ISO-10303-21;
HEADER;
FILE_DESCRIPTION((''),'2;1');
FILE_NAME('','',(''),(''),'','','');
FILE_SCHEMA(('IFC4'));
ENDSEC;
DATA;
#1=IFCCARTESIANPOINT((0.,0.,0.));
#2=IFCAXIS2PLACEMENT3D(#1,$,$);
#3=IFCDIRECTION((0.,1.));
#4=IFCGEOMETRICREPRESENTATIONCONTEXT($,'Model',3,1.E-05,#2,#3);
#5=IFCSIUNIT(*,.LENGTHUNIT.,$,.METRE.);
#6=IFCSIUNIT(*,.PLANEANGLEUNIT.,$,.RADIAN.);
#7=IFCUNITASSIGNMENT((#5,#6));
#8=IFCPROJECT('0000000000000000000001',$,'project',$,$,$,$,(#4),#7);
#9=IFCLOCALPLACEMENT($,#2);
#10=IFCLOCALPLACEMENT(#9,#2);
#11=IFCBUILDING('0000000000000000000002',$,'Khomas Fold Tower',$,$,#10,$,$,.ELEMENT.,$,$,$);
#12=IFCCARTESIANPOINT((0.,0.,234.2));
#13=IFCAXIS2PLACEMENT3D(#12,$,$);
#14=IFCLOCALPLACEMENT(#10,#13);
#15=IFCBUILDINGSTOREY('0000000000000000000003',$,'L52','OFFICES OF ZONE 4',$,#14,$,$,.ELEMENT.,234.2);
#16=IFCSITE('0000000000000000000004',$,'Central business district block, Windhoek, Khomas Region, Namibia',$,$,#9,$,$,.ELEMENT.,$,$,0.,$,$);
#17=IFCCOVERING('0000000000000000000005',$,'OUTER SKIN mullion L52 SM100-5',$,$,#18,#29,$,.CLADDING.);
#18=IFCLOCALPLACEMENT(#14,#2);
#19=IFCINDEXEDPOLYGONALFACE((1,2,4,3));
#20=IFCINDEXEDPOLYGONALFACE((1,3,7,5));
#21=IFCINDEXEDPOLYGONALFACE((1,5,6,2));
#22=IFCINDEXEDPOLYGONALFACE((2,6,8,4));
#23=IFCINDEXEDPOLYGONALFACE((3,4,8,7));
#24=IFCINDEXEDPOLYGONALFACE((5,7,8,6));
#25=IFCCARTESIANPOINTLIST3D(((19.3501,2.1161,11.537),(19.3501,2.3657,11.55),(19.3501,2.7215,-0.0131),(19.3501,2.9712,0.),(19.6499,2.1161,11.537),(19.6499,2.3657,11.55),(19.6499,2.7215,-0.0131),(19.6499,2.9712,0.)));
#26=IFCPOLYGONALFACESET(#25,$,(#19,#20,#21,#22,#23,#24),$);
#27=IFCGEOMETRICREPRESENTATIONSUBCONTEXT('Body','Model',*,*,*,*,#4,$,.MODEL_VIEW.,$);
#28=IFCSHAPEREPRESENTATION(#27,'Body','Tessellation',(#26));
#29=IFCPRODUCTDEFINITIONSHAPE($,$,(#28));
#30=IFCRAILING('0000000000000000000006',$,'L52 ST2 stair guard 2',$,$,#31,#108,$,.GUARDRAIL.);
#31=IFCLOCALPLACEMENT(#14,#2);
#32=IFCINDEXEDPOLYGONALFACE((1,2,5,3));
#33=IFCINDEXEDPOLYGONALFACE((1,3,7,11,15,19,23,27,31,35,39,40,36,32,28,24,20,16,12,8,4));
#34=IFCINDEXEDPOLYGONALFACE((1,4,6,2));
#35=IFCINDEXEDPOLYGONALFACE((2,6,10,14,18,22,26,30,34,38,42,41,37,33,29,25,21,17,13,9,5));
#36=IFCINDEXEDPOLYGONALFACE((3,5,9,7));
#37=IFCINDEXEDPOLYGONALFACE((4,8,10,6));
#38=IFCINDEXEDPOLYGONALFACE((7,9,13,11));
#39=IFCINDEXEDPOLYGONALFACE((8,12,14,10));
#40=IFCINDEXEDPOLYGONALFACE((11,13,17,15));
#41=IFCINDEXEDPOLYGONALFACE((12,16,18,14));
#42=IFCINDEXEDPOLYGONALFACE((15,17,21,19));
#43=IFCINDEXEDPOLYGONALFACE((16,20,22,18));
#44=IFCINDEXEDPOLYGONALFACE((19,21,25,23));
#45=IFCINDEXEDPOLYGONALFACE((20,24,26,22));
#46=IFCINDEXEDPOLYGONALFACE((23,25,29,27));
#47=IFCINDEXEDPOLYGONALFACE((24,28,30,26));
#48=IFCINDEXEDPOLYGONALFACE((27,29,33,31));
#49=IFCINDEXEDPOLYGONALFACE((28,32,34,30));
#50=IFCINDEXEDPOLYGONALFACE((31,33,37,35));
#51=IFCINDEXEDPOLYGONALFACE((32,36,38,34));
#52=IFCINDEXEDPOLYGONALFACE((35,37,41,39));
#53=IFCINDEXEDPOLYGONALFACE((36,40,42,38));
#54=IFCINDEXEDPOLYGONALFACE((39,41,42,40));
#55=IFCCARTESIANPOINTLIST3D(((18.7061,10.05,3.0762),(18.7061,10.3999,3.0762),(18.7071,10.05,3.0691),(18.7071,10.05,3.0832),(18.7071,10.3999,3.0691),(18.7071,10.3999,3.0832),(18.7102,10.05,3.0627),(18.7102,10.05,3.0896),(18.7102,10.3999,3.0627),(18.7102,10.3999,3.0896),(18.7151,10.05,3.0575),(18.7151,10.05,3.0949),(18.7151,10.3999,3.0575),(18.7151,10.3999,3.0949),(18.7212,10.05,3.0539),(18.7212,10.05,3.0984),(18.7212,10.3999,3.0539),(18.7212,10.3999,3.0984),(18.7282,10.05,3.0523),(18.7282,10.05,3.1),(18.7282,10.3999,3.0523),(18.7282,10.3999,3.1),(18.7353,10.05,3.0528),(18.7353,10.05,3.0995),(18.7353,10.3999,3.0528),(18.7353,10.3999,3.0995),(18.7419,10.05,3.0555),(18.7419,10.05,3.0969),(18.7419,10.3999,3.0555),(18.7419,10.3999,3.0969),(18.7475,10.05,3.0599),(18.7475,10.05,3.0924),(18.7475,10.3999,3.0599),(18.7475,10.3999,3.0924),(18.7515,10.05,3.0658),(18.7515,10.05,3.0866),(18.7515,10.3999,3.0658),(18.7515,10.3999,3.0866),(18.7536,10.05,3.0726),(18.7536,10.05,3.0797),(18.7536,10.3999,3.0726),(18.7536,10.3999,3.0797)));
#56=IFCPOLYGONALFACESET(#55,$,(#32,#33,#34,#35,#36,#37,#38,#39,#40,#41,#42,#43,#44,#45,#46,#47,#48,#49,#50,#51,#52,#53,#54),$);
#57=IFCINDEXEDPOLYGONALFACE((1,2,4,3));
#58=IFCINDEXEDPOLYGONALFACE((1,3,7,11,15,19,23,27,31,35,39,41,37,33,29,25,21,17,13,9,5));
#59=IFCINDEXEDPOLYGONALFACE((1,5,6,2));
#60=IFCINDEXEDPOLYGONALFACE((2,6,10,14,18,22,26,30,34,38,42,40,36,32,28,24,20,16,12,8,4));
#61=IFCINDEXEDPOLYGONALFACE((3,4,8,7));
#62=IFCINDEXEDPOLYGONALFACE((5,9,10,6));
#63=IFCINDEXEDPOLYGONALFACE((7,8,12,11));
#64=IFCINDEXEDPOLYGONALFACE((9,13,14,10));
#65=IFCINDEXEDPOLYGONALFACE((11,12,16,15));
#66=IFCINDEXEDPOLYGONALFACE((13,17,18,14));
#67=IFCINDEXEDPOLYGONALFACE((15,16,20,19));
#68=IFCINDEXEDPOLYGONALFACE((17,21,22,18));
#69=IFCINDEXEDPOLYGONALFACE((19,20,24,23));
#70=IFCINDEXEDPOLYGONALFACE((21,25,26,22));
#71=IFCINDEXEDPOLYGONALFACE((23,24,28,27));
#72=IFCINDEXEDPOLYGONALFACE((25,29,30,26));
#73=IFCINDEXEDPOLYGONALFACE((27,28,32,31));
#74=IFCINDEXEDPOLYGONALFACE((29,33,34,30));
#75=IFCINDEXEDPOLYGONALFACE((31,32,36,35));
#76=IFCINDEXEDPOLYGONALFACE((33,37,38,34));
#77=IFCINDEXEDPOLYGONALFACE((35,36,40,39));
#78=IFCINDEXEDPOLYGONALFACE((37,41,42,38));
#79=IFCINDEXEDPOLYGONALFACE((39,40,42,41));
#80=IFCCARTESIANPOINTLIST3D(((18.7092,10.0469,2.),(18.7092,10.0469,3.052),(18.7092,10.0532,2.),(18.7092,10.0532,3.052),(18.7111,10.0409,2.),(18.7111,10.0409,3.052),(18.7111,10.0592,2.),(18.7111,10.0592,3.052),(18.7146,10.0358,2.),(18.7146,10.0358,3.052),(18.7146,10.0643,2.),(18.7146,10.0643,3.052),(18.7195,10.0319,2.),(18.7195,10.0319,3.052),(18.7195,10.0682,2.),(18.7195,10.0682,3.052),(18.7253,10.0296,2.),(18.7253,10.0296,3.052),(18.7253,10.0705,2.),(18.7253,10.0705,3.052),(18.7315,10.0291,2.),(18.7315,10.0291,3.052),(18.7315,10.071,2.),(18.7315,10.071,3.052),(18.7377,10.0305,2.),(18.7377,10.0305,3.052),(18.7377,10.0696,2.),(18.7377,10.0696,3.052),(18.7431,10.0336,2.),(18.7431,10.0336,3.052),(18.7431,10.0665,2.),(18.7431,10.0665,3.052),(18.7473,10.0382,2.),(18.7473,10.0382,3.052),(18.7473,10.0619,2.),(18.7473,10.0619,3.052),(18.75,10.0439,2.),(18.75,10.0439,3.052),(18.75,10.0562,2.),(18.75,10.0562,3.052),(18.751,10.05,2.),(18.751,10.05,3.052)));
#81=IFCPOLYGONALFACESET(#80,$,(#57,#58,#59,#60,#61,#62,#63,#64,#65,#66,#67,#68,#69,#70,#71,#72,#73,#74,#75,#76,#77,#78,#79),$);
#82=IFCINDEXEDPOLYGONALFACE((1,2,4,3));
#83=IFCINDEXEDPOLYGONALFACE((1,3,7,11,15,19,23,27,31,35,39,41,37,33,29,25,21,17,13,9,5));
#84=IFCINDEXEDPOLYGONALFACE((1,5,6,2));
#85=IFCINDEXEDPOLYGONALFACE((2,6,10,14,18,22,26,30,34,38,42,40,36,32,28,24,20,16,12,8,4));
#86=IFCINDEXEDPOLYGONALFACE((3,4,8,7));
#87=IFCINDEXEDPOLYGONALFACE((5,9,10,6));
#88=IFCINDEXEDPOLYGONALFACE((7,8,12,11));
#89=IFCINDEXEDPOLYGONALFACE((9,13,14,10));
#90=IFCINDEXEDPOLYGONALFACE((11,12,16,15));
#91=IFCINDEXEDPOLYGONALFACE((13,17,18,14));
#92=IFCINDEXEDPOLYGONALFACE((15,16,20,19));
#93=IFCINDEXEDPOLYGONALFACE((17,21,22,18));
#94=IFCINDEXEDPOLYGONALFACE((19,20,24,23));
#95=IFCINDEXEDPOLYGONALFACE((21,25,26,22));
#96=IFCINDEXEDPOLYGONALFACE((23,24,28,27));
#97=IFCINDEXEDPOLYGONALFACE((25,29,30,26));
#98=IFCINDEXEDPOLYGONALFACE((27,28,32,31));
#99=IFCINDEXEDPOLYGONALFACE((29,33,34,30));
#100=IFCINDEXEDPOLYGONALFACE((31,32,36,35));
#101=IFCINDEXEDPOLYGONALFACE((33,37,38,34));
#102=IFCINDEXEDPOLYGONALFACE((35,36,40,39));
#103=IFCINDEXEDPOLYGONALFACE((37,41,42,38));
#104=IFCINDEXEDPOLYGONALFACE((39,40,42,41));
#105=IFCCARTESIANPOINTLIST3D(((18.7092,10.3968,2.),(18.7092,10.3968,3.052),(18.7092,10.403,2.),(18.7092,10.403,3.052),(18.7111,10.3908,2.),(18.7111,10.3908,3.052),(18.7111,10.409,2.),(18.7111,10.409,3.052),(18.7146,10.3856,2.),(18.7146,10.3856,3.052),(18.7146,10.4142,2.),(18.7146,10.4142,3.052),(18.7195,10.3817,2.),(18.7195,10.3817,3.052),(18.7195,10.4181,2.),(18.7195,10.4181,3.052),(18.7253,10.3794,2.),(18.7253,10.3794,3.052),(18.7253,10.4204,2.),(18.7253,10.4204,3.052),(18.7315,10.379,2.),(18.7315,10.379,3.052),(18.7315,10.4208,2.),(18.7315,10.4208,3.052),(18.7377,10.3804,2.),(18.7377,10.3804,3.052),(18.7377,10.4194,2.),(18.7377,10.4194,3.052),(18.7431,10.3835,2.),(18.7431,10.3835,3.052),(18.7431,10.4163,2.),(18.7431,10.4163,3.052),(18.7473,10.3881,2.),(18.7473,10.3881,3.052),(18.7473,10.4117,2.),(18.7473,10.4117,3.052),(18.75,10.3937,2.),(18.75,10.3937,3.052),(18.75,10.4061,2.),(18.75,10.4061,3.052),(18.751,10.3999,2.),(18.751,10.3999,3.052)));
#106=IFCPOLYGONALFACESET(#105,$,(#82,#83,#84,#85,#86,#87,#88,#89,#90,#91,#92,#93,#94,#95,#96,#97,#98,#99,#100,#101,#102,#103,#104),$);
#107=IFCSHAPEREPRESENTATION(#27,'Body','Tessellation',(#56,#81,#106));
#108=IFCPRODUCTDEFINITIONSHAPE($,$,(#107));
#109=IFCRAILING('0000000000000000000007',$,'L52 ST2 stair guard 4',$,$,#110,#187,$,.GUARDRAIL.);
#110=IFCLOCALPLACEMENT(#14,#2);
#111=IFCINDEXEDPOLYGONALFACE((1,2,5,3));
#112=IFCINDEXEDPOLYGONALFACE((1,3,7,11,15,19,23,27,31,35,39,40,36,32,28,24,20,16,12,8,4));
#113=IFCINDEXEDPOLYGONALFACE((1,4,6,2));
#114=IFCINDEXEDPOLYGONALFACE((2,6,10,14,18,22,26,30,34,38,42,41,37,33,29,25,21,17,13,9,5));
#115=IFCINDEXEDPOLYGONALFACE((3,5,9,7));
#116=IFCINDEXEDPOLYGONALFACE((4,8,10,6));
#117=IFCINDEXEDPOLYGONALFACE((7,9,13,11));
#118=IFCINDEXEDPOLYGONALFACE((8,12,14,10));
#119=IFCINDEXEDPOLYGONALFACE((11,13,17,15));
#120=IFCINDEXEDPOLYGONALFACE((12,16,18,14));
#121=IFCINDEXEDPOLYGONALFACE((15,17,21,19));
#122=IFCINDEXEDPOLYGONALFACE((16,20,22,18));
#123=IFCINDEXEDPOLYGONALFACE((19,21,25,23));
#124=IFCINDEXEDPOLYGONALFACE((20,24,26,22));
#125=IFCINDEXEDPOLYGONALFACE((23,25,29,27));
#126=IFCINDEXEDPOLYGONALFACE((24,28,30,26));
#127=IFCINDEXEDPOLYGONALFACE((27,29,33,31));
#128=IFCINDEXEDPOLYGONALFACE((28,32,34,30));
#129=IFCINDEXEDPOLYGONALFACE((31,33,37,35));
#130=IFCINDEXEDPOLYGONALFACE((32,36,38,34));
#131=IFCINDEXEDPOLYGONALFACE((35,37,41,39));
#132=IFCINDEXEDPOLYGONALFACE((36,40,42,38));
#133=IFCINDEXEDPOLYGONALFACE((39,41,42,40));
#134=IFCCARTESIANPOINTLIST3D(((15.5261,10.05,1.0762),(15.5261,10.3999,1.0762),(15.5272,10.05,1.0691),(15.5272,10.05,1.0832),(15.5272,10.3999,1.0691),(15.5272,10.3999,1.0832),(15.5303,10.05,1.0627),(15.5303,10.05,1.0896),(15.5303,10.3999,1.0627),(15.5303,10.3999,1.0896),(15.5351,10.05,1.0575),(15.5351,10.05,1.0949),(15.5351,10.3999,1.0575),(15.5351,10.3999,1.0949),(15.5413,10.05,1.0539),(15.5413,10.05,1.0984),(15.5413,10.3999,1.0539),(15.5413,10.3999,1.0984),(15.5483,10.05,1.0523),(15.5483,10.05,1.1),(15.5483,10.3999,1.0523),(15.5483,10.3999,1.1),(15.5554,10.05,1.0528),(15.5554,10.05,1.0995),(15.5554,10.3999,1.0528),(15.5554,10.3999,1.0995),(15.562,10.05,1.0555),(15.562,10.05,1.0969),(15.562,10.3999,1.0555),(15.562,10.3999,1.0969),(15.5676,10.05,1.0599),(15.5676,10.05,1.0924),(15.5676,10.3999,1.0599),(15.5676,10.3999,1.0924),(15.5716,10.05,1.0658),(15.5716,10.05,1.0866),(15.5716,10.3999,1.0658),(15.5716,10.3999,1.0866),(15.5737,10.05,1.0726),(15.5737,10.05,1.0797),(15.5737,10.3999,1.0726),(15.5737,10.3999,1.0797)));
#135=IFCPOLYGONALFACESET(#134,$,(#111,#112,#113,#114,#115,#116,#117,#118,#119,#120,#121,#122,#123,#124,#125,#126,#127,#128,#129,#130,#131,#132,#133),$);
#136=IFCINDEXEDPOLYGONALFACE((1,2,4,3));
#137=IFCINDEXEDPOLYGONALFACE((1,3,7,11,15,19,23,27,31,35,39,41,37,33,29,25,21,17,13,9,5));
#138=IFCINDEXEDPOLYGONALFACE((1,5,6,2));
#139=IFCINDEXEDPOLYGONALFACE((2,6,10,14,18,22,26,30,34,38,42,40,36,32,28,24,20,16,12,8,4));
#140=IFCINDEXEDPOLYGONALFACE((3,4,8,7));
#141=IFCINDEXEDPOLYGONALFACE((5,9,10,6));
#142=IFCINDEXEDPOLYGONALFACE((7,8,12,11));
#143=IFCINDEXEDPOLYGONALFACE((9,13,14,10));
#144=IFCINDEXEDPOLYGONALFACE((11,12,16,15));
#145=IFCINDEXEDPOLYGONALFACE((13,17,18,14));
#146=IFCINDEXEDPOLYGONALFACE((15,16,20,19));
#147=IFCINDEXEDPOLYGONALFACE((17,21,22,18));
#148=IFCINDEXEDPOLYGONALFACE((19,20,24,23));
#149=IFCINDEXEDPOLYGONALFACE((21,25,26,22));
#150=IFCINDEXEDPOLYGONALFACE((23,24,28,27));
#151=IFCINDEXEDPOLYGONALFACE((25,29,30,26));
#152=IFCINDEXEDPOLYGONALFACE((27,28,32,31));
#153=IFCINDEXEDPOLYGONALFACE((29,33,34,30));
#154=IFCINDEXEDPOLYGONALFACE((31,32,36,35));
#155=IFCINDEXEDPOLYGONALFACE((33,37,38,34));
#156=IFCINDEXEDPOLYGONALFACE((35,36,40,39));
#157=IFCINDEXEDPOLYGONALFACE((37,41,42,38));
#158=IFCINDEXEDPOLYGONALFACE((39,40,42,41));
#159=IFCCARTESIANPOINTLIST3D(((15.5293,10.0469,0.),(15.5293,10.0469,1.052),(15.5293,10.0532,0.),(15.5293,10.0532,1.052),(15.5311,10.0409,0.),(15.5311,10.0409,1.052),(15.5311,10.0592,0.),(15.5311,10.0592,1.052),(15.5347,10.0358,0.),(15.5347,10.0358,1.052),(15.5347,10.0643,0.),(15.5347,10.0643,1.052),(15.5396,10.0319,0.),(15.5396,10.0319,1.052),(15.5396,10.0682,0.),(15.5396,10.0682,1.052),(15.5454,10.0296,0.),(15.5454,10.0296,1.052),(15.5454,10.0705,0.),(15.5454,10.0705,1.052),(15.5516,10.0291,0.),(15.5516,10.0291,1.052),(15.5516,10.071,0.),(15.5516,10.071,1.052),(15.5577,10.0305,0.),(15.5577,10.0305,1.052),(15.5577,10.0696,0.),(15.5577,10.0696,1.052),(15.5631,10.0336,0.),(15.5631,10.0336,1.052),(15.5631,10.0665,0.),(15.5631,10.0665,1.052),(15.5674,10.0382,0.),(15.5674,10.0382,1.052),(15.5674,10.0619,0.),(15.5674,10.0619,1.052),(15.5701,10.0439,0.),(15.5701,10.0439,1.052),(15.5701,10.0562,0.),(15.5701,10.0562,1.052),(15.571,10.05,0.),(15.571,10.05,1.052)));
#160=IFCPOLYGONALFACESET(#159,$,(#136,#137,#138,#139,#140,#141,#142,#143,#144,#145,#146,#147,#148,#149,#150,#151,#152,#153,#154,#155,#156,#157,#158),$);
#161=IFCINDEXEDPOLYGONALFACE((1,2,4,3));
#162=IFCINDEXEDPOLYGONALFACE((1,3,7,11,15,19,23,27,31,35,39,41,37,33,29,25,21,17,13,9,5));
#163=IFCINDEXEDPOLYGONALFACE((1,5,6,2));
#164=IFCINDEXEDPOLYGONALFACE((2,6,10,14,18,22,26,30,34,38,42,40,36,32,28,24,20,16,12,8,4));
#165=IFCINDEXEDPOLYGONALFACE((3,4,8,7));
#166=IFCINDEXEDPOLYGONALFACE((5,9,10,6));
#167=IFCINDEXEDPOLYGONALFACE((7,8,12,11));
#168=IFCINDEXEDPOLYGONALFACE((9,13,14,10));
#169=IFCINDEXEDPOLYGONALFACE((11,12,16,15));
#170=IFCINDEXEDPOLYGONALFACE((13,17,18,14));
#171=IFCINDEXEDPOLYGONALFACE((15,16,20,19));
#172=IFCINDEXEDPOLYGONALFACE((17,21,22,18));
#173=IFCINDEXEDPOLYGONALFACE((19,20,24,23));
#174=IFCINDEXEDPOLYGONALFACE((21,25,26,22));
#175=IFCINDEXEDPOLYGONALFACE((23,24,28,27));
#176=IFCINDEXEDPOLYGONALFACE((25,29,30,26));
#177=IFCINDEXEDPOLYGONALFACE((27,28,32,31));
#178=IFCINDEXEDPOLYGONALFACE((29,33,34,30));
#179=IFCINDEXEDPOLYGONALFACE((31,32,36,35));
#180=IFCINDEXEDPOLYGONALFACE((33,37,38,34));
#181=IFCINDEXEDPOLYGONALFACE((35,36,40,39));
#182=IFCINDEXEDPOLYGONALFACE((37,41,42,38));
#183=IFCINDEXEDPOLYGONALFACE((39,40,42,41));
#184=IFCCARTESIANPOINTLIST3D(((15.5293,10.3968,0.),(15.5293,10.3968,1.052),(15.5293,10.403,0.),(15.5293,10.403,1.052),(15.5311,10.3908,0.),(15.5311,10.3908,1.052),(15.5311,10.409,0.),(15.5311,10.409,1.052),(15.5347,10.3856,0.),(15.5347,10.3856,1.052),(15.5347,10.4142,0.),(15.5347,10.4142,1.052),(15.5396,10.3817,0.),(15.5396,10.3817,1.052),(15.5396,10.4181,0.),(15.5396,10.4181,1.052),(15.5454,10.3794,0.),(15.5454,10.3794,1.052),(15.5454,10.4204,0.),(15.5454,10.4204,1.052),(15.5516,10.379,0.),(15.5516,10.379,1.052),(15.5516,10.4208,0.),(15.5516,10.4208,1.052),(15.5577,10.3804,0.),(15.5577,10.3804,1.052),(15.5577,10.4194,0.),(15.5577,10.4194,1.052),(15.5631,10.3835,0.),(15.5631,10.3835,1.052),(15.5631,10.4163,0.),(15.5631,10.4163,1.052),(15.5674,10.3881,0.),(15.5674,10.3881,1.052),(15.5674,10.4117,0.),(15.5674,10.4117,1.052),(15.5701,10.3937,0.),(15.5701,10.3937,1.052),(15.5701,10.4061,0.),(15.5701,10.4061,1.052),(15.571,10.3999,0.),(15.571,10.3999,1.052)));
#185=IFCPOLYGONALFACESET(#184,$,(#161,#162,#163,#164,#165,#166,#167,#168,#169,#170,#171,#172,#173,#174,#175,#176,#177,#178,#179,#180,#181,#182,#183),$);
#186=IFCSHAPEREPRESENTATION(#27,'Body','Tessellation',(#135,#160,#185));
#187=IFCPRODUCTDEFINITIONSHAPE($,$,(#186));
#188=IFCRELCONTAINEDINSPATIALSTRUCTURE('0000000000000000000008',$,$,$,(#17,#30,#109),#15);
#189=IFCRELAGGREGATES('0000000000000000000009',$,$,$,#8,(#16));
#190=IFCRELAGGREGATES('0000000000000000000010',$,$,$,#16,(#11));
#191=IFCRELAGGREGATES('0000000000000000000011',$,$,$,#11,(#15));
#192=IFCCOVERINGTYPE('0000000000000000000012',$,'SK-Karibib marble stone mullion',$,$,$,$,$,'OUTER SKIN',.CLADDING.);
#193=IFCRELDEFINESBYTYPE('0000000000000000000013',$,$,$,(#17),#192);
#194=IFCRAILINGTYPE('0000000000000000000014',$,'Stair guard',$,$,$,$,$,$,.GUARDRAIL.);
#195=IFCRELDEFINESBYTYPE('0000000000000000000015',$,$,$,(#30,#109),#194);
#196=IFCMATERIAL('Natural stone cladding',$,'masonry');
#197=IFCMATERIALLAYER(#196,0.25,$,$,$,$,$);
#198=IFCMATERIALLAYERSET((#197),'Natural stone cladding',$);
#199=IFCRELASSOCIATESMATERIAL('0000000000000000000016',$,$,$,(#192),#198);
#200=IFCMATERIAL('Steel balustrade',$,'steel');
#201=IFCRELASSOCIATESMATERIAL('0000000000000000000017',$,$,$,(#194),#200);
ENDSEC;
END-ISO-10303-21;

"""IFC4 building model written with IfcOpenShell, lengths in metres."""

from ifc_helpers import new_model, si_unit, direction, frame, origin, origin_2d, place, context, subcontext, project, spatial, polyline, circle, outline, extrude, source, transform, mapped, material, layer, layer_set, type_object, element, save


model = new_model("IFC4")

# Units and contexts
model_context = context("Model", 3, precision=1e-05, world=origin(), true_north=direction((0.0, 1.0)))
body_context = subcontext(model_context, "Body", "Model", "MODEL_VIEW")
ifc_project = project(units=[si_unit("LENGTHUNIT", "METRE"), si_unit("PLANEANGLEUNIT", "RADIAN")], contexts=[model_context])

# Site, building, storey
site_placement = place(None, origin())
site = spatial("IfcSite", under=ifc_project, at=site_placement, Name="Central business district block, Windhoek, Khomas Region, Namibia", CompositionType="ELEMENT", RefElevation=0.0)
building_placement = place(site_placement, origin())
building = spatial("IfcBuilding", under=site, at=building_placement, Name="Khomas Fold Tower", CompositionType="ELEMENT")
storey_placement = place(building_placement, frame((0.0, 0.0, 234.2)))
storey = spatial("IfcBuildingStorey", under=building, at=storey_placement, Name="L52", Description="OFFICES OF ZONE 4", CompositionType="ELEMENT", Elevation=234.2)

# Covering
ifc_material_1 = material(Name="Natural stone cladding", Category="masonry")
ifc_layer_1 = layer(ifc_material_1, 0.25)
ifc_layer_set_1 = layer_set([ifc_layer_1], Name="Natural stone cladding")
covering_type = type_object("IfcCoveringType", Name="SK-Karibib marble stone mullion", ElementType="OUTER SKIN", PredefinedType="CLADDING", material=ifc_layer_set_1)
covering_placement = place(storey_placement, frame((19.3501, 2.9712, 0.0), z_axis=(0.0, 0.998629, 0.052349), x_axis=(0.0, -0.052349, 0.998629)))
element("IfcCovering", 1, at=covering_placement, inside=storey, type_object=covering_type, Name="OUTER SKIN mullion L52 SM100-5", PredefinedType="CLADDING", context=body_context, shape_type="SweptSolid", body=[
    extrude(outline(polyline([(0.0, 0.0), (11.5659, 0.0), (11.5659, 0.2998), (0.0, 0.2998), (0.0, 0.0)])), origin(), (0.0, 0.0, -1.0), 0.25),
])

# Railings
ifc_material_2 = material(Name="Steel balustrade", Category="steel")
railing_type_1 = type_object("IfcRailingType", Name="Stair guard", PredefinedType="GUARDRAIL", material=ifc_material_2)
shared_shape_1 = source(origin(), body_context, "Body", "SweptSolid", [
    extrude(circle(Radius=0.0239, at=origin_2d()), frame((0.0, 0.0, 1.0762), z_axis=(0.0, 1.0, 0.0), x_axis=(-1.0, 0.0, 0.0)), (0.0, 0.0, 1.0), 0.3499),
    extrude(circle(Radius=0.021, at=origin_2d()), origin(), (0.0, 0.0, 1.0), 1.052),
    extrude(circle(Radius=0.021, at=origin_2d()), frame((0.0, 0.3499, 0.0)), (0.0, 0.0, 1.0), 1.052),
])
for number, where, name in (
    (2, (18.73, 10.05, 2.0), "L52 ST2 stair guard 2"),
    (3, (15.55, 10.05, 0.0), "L52 ST2 stair guard 4"),
):
    element("IfcRailing", number, at=place(storey_placement, frame(where)), inside=storey, type_object=railing_type_1, Name=name, PredefinedType="GUARDRAIL", context=body_context, shape_type="MappedRepresentation", body=[
        mapped(shared_shape_1, transform((0.0, 0.0, 0.0))),
    ])

save(model, "model.ifc")
